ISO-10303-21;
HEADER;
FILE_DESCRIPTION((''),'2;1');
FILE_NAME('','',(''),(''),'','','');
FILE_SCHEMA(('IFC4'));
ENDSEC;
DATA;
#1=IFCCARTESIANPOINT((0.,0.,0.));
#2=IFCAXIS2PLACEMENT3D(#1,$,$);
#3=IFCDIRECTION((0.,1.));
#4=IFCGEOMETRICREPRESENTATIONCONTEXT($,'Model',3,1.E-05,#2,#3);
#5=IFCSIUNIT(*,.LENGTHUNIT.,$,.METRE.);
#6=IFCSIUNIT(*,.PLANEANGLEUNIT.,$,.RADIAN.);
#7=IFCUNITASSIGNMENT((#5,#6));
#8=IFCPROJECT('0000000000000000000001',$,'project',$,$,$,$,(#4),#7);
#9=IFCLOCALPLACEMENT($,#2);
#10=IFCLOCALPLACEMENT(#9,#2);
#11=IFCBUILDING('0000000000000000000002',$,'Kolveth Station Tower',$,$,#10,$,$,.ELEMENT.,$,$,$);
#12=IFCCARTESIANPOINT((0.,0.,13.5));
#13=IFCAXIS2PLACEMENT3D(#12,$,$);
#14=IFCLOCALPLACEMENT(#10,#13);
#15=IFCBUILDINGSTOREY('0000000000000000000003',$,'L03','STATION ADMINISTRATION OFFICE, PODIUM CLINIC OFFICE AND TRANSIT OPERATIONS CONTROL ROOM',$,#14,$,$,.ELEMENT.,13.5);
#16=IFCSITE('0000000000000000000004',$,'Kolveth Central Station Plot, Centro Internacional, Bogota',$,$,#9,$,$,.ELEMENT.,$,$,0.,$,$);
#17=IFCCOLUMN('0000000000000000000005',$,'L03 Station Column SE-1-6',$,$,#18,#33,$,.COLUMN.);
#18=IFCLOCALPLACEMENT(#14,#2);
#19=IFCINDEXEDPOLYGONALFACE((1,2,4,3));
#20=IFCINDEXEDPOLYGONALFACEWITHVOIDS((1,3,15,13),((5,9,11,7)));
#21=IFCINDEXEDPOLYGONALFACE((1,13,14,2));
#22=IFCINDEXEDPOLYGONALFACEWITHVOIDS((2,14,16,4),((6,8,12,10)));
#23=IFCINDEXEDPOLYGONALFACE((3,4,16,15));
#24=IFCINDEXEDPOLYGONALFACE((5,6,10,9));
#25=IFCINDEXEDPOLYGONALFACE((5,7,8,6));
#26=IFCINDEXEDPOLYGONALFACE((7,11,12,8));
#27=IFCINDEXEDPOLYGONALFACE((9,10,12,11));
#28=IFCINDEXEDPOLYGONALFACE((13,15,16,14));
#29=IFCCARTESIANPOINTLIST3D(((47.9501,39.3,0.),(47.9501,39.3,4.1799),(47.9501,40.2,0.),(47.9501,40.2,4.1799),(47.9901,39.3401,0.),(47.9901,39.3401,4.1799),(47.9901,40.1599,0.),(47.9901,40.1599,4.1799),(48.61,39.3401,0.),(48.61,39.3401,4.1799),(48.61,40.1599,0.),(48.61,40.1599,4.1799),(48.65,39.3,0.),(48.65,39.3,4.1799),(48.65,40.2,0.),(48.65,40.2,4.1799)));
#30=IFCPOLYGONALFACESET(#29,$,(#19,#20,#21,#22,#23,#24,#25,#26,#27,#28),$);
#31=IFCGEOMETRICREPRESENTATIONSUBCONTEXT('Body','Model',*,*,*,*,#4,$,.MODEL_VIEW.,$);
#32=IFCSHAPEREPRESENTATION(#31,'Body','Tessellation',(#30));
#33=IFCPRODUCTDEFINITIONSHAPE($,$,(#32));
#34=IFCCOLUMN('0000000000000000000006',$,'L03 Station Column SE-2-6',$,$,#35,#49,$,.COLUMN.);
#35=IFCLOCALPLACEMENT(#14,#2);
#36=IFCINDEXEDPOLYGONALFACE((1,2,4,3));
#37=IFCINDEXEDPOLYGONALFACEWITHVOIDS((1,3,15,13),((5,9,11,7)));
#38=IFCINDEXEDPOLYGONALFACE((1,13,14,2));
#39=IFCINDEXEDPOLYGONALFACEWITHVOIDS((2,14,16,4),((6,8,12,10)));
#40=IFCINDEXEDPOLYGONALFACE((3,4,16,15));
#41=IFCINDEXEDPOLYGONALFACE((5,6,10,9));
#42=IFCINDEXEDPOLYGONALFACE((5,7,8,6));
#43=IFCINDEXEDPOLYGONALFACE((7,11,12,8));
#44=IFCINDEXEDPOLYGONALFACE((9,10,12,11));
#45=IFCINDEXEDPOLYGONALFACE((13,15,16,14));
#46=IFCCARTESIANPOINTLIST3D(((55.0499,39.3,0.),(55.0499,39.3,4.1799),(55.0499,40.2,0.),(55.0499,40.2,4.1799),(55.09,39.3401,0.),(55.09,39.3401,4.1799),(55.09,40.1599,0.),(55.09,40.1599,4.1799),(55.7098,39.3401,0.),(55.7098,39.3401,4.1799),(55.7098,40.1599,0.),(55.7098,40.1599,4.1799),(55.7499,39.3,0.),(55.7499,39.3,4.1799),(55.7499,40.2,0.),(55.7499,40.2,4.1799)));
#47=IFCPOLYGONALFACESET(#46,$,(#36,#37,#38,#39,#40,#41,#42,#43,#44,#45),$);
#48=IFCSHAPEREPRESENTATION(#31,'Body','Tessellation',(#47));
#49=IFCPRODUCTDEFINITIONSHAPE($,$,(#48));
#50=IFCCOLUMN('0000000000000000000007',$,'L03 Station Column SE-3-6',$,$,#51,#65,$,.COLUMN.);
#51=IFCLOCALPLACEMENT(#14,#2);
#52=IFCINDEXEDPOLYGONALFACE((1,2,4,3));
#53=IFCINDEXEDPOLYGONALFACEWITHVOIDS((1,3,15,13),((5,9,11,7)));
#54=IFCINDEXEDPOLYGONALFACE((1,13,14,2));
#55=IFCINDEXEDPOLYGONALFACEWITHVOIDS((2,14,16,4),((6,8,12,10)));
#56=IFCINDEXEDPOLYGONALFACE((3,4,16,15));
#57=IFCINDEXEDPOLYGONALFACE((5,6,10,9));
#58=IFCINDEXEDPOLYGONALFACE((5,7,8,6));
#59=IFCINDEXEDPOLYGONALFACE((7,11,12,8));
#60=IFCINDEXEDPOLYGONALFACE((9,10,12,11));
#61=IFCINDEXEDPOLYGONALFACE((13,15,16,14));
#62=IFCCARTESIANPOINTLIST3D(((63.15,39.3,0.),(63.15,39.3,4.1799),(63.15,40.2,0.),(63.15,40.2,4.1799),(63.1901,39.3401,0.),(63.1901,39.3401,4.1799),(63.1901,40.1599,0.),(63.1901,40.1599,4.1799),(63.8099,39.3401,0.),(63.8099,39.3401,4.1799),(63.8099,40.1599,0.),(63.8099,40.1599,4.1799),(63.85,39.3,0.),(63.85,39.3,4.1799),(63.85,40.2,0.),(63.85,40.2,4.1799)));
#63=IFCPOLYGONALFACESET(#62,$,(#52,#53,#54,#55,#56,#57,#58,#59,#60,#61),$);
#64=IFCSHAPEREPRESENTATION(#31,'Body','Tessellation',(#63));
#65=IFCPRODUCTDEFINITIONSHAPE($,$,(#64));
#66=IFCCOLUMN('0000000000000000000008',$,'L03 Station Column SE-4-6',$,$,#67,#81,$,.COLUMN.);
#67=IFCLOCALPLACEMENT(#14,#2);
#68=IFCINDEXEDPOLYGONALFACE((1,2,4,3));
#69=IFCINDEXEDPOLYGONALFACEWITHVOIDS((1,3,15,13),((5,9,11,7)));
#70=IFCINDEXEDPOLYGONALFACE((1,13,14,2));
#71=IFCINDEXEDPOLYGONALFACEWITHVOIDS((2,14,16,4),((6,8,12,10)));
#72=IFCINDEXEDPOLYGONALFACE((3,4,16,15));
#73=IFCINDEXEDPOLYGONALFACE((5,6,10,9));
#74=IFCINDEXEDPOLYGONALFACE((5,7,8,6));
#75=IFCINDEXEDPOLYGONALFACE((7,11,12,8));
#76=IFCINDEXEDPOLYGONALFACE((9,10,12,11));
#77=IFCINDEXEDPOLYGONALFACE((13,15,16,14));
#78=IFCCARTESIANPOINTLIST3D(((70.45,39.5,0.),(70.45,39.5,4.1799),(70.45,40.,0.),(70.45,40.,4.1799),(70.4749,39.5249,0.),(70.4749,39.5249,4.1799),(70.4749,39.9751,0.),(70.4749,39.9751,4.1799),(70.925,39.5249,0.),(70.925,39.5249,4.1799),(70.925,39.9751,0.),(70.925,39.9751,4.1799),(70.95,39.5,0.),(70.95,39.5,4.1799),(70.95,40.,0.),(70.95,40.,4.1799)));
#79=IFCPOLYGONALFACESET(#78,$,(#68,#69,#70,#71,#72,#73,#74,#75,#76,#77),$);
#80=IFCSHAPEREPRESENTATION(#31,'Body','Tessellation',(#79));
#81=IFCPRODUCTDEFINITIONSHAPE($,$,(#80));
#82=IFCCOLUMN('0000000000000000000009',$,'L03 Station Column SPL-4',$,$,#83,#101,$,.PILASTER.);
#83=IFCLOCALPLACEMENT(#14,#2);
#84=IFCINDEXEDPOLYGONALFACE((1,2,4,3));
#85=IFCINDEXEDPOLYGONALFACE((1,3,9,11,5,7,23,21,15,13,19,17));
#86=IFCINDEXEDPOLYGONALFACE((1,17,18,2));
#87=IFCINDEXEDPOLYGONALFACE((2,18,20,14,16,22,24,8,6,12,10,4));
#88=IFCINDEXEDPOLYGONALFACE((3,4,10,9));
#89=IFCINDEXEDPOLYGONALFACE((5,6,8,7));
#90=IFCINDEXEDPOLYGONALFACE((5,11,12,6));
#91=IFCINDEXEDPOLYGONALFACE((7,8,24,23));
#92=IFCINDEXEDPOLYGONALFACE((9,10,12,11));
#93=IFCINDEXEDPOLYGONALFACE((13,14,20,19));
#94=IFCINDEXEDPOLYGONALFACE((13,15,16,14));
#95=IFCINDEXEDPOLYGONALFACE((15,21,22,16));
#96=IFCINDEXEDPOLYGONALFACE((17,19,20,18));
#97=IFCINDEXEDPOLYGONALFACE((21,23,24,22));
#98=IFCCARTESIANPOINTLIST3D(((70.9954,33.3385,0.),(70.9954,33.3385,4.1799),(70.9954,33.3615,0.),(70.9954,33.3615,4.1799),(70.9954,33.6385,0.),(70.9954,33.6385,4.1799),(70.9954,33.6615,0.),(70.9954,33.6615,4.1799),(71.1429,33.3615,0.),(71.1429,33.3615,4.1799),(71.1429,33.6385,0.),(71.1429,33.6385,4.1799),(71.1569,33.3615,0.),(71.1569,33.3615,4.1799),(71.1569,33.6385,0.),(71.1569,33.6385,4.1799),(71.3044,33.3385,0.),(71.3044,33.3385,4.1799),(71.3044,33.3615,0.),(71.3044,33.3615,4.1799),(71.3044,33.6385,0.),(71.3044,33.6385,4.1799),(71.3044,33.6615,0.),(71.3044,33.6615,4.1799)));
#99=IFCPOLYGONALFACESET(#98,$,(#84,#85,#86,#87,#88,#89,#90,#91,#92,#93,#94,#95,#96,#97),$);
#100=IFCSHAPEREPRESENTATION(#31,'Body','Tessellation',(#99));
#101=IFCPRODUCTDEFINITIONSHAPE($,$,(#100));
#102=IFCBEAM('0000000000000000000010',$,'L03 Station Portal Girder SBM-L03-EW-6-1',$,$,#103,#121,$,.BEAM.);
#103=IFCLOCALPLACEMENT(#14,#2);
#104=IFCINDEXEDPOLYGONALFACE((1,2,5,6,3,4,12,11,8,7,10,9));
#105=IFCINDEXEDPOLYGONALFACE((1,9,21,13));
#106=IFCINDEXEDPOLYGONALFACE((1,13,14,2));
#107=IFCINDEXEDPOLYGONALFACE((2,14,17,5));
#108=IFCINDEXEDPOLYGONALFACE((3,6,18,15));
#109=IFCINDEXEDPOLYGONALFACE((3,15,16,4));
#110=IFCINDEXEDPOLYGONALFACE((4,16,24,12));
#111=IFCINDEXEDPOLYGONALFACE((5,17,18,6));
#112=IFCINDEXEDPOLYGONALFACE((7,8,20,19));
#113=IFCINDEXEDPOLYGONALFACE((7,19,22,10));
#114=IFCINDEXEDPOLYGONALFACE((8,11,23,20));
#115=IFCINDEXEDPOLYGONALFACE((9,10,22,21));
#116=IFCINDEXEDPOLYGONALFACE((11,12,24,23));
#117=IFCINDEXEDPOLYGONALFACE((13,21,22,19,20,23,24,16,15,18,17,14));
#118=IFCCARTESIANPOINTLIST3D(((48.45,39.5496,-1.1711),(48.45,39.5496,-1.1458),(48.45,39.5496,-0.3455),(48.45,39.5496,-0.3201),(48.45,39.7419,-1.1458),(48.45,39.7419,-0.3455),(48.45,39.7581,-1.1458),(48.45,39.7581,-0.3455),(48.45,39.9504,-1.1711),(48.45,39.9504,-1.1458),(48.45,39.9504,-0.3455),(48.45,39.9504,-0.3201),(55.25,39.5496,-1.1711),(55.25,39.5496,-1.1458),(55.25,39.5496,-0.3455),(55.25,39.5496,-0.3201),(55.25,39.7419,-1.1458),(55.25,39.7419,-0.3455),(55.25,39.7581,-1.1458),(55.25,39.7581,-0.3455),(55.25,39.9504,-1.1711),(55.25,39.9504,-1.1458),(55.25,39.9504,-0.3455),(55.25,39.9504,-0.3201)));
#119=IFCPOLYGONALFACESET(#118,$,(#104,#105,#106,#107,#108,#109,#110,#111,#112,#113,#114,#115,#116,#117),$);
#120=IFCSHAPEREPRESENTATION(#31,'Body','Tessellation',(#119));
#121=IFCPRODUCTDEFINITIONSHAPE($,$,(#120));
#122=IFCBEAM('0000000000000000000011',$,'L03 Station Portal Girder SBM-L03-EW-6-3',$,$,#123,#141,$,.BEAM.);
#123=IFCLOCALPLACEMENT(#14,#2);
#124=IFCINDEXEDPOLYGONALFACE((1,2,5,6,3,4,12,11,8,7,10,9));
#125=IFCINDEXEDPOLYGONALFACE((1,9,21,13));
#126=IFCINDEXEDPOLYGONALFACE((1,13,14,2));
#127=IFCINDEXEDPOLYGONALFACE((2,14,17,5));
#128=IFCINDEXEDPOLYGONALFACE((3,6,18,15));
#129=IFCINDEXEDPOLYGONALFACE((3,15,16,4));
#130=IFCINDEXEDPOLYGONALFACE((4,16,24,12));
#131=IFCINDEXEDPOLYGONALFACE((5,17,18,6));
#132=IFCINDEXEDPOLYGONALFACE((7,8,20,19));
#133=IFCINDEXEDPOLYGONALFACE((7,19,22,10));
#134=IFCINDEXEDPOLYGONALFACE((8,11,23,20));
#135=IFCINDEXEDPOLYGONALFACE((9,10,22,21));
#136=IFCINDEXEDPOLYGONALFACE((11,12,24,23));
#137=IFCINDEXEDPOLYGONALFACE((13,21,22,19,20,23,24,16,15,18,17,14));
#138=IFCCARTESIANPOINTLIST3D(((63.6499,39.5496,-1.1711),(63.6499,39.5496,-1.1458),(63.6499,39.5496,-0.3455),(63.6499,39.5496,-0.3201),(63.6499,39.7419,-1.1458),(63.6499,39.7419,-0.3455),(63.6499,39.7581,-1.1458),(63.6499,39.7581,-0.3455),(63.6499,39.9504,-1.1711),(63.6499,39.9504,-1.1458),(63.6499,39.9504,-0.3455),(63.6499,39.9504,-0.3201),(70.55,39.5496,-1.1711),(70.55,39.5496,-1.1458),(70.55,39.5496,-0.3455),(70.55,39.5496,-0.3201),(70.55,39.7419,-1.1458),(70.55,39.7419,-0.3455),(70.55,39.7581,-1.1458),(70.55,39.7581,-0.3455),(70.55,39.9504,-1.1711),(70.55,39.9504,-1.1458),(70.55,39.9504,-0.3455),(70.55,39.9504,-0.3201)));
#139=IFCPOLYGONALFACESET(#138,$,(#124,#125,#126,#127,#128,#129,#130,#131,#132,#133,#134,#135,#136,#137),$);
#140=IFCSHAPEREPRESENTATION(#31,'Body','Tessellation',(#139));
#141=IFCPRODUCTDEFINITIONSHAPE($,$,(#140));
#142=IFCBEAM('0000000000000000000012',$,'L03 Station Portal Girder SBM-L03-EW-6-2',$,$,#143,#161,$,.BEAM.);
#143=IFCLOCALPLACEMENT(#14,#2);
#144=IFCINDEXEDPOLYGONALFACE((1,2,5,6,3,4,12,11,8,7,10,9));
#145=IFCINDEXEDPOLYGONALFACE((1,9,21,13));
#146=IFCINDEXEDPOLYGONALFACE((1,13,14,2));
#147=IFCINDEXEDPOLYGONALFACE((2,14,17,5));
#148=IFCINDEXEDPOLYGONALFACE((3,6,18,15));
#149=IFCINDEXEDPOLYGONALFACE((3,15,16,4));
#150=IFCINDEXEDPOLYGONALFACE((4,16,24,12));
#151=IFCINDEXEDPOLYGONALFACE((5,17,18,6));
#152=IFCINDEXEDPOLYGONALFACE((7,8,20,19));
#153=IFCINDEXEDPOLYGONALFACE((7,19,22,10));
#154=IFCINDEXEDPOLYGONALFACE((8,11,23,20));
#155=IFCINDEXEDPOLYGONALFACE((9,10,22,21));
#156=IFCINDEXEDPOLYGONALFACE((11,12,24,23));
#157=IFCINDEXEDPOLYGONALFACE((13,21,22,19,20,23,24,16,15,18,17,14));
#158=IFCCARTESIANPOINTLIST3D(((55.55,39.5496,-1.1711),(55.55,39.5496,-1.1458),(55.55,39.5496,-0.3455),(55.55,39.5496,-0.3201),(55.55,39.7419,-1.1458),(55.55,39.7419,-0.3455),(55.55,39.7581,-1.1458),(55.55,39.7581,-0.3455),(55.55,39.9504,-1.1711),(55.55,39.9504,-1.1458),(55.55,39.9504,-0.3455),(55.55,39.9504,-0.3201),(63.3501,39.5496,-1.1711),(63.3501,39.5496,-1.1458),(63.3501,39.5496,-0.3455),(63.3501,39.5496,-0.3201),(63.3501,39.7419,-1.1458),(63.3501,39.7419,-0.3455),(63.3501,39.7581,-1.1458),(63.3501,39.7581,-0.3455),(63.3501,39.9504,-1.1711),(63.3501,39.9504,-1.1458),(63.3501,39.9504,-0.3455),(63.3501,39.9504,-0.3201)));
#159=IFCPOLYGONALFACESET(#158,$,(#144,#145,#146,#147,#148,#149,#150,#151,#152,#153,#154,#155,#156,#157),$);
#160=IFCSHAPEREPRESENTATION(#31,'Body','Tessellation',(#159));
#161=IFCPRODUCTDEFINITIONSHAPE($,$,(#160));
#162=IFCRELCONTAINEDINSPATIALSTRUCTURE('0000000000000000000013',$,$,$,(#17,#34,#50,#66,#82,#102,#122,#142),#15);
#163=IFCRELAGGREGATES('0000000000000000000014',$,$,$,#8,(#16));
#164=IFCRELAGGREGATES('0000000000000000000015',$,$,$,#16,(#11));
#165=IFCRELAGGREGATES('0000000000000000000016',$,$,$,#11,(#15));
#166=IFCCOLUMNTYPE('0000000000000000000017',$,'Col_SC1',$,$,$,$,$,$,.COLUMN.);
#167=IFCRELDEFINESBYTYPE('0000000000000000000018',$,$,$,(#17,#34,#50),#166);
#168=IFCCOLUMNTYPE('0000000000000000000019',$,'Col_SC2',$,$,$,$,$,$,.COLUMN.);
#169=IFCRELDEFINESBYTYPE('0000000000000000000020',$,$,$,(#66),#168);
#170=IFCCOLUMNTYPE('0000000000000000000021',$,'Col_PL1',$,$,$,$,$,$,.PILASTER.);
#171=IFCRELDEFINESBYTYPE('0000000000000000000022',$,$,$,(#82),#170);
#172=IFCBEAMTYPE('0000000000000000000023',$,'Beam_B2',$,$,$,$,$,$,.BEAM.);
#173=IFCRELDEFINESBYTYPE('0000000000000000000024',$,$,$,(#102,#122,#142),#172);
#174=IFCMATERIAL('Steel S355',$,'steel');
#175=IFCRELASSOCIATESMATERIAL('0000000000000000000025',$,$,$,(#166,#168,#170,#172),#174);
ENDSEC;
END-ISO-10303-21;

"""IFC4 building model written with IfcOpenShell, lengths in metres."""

from ifc_helpers import new_model, si_unit, direction, frame, origin, origin_2d, place, context, subcontext, project, spatial, hollow_rectangle, i_section, extrude, source, transform, mapped, material, material_profile, profile_set, type_object, element, save


model = new_model("IFC4")

# Units and contexts
model_context = context("Model", 3, precision=1e-05, world=origin(), true_north=direction((0.0, 1.0)))
body_context = subcontext(model_context, "Body", "Model", "MODEL_VIEW")
ifc_project = project(units=[si_unit("LENGTHUNIT", "METRE"), si_unit("PLANEANGLEUNIT", "RADIAN")], contexts=[model_context])

# Site, building, storey
site_placement = place(None, origin())
site = spatial("IfcSite", under=ifc_project, at=site_placement, Name="Kolveth Central Station Plot, Centro Internacional, Bogota", CompositionType="ELEMENT", RefElevation=0.0)
building_placement = place(site_placement, origin())
building = spatial("IfcBuilding", under=site, at=building_placement, Name="Kolveth Station Tower", CompositionType="ELEMENT")
storey_placement = place(building_placement, frame((0.0, 0.0, 13.5)))
storey = spatial("IfcBuildingStorey", under=building, at=storey_placement, Name="L03", Description="STATION ADMINISTRATION OFFICE, PODIUM CLINIC OFFICE AND TRANSIT OPERATIONS CONTROL ROOM", CompositionType="ELEMENT", Elevation=13.5)

# Columns
ifc_material_1 = material(Name="Steel S355", Category="steel")
ifc_material_profile_1 = material_profile(ifc_material_1, hollow_rectangle(XDim=0.7, YDim=0.8999, WallThickness=0.04, at=origin_2d()), Name="BOX900x700x40")
ifc_profile_set_1 = profile_set([ifc_material_profile_1], Name="Steel S355")
column_type_1 = type_object("IfcColumnType", Name="Col_SC1", PredefinedType="COLUMN", material=ifc_profile_set_1)
shared_shape_1 = source(origin(), body_context, "Body", "SweptSolid", [
    extrude(hollow_rectangle(XDim=0.7, YDim=0.8999, WallThickness=0.04, at=origin_2d()), origin(), (0.0, 0.0, 1.0), 4.1799),
])
for number, where, z_axis, x_axis, name in (
    (1, (48.3, 39.75, 0.0), (0.0, 0.0, 1.0), (1.0, 0.0, 0.0), "L03 Station Column SE-1-6"),
    (2, (55.3999, 39.75, 0.0), (0.0, 0.0, 1.0), (1.0, 0.0, 0.0), "L03 Station Column SE-2-6"),
    (3, (63.5, 39.75, 0.0), (0.0, 0.0, 1.0), (1.0, 0.0, 0.0), "L03 Station Column SE-3-6"),
):
    element("IfcColumn", number, at=place(storey_placement, frame(where, z_axis=z_axis, x_axis=x_axis)), inside=storey, type_object=column_type_1, Name=name, PredefinedType="COLUMN", context=body_context, shape_type="MappedRepresentation", body=[
        mapped(shared_shape_1, transform((0.0, 0.0, 0.0), x_axis=(1.0, 0.0, 0.0), y_axis=(0.0, 1.0, 0.0), z_axis=(0.0, 0.0, 1.0), scale=1.0)),
    ])
ifc_material_profile_2 = material_profile(ifc_material_1, hollow_rectangle(XDim=0.5, YDim=0.5, WallThickness=0.0249, at=origin_2d()), Name="HSS500x500x25")
ifc_profile_set_2 = profile_set([ifc_material_profile_2], Name="Steel S355")
column_type_2 = type_object("IfcColumnType", Name="Col_SC2", PredefinedType="COLUMN", material=ifc_profile_set_2)
shared_shape_2 = source(origin(), body_context, "Body", "SweptSolid", [
    extrude(hollow_rectangle(XDim=0.5, YDim=0.5, WallThickness=0.0249, at=origin_2d()), origin(), (0.0, 0.0, 1.0), 4.1799),
])
column_1_placement = place(storey_placement, frame((70.7, 39.75, 0.0), z_axis=(0.0, 0.0, 1.0), x_axis=(1.0, 0.0, 0.0)))
element("IfcColumn", 4, at=column_1_placement, inside=storey, type_object=column_type_2, Name="L03 Station Column SE-4-6", PredefinedType="COLUMN", context=body_context, shape_type="MappedRepresentation", body=[
    mapped(shared_shape_2, transform((0.0, 0.0, 0.0), x_axis=(1.0, 0.0, 0.0), y_axis=(0.0, 1.0, 0.0), z_axis=(0.0, 0.0, 1.0), scale=1.0)),
])
ifc_material_profile_3 = material_profile(ifc_material_1, i_section(OverallWidth=0.3091, OverallDepth=0.323, WebThickness=0.0139, FlangeThickness=0.0229, at=origin_2d()), Name="W310x143")
ifc_profile_set_3 = profile_set([ifc_material_profile_3], Name="Steel S355")
column_type_3 = type_object("IfcColumnType", Name="Col_PL1", PredefinedType="PILASTER", material=ifc_profile_set_3)
shared_shape_3 = source(origin(), body_context, "Body", "SweptSolid", [
    extrude(i_section(OverallWidth=0.3091, OverallDepth=0.323, WebThickness=0.0139, FlangeThickness=0.0229, at=origin_2d()), origin(), (0.0, 0.0, 1.0), 4.1799),
])
column_2_placement = place(storey_placement, frame((71.1499, 33.5, 0.0), z_axis=(0.0, 0.0, 1.0), x_axis=(1.0, 0.0, 0.0)))
element("IfcColumn", 5, at=column_2_placement, inside=storey, type_object=column_type_3, Name="L03 Station Column SPL-4", PredefinedType="PILASTER", context=body_context, shape_type="MappedRepresentation", body=[
    mapped(shared_shape_3, transform((0.0, 0.0, 0.0), x_axis=(1.0, 0.0, 0.0), y_axis=(0.0, 1.0, 0.0), z_axis=(0.0, 0.0, 1.0), scale=1.0)),
])

# Beams
ifc_material_profile_4 = material_profile(ifc_material_1, i_section(OverallWidth=0.4009, OverallDepth=0.8511, WebThickness=0.0161, FlangeThickness=0.0254, at=origin_2d()), Name="W840x226")
ifc_profile_set_4 = profile_set([ifc_material_profile_4], Name="Steel S355")
beam_type_1 = type_object("IfcBeamType", Name="Beam_B2", PredefinedType="BEAM", material=ifc_profile_set_4)
shared_shape_4 = source(origin(), body_context, "Body", "SweptSolid", [
    extrude(i_section(OverallWidth=0.4009, OverallDepth=0.8511, WebThickness=0.0161, FlangeThickness=0.0254, at=origin_2d()), origin(), (0.0, 0.0, 1.0), 6.8),
])
beam_1_placement = place(storey_placement, frame((48.45, 39.75, -0.7456), z_axis=(1.0, 0.0, 0.0), x_axis=(0.0, 1.0, 0.0)))
element("IfcBeam", 6, at=beam_1_placement, inside=storey, type_object=beam_type_1, Name="L03 Station Portal Girder SBM-L03-EW-6-1", PredefinedType="BEAM", context=body_context, shape_type="MappedRepresentation", body=[
    mapped(shared_shape_4, transform((0.0, 0.0, 0.0), x_axis=(1.0, 0.0, 0.0), y_axis=(0.0, 1.0, 0.0), z_axis=(0.0, 0.0, 1.0), scale=1.0)),
])
shared_shape_5 = source(origin(), body_context, "Body", "SweptSolid", [
    extrude(i_section(OverallWidth=0.4009, OverallDepth=0.8511, WebThickness=0.0161, FlangeThickness=0.0254, at=origin_2d()), origin(), (0.0, 0.0, 1.0), 6.9001),
])
beam_2_placement = place(storey_placement, frame((63.6499, 39.75, -0.7456), z_axis=(1.0, 0.0, 0.0), x_axis=(0.0, 1.0, 0.0)))
element("IfcBeam", 7, at=beam_2_placement, inside=storey, type_object=beam_type_1, Name="L03 Station Portal Girder SBM-L03-EW-6-3", PredefinedType="BEAM", context=body_context, shape_type="MappedRepresentation", body=[
    mapped(shared_shape_5, transform((0.0, 0.0, 0.0), x_axis=(1.0, 0.0, 0.0), y_axis=(0.0, 1.0, 0.0), z_axis=(0.0, 0.0, 1.0), scale=1.0)),
])
shared_shape_6 = source(origin(), body_context, "Body", "SweptSolid", [
    extrude(i_section(OverallWidth=0.4009, OverallDepth=0.8511, WebThickness=0.0161, FlangeThickness=0.0254, at=origin_2d()), origin(), (0.0, 0.0, 1.0), 7.8),
])
beam_3_placement = place(storey_placement, frame((55.55, 39.75, -0.7456), z_axis=(1.0, 0.0, 0.0), x_axis=(0.0, 1.0, 0.0)))
element("IfcBeam", 8, at=beam_3_placement, inside=storey, type_object=beam_type_1, Name="L03 Station Portal Girder SBM-L03-EW-6-2", PredefinedType="BEAM", context=body_context, shape_type="MappedRepresentation", body=[
    mapped(shared_shape_6, transform((0.0, 0.0, 0.0), x_axis=(1.0, 0.0, 0.0), y_axis=(0.0, 1.0, 0.0), z_axis=(0.0, 0.0, 1.0), scale=1.0)),
])

save(model, "model.ifc")
